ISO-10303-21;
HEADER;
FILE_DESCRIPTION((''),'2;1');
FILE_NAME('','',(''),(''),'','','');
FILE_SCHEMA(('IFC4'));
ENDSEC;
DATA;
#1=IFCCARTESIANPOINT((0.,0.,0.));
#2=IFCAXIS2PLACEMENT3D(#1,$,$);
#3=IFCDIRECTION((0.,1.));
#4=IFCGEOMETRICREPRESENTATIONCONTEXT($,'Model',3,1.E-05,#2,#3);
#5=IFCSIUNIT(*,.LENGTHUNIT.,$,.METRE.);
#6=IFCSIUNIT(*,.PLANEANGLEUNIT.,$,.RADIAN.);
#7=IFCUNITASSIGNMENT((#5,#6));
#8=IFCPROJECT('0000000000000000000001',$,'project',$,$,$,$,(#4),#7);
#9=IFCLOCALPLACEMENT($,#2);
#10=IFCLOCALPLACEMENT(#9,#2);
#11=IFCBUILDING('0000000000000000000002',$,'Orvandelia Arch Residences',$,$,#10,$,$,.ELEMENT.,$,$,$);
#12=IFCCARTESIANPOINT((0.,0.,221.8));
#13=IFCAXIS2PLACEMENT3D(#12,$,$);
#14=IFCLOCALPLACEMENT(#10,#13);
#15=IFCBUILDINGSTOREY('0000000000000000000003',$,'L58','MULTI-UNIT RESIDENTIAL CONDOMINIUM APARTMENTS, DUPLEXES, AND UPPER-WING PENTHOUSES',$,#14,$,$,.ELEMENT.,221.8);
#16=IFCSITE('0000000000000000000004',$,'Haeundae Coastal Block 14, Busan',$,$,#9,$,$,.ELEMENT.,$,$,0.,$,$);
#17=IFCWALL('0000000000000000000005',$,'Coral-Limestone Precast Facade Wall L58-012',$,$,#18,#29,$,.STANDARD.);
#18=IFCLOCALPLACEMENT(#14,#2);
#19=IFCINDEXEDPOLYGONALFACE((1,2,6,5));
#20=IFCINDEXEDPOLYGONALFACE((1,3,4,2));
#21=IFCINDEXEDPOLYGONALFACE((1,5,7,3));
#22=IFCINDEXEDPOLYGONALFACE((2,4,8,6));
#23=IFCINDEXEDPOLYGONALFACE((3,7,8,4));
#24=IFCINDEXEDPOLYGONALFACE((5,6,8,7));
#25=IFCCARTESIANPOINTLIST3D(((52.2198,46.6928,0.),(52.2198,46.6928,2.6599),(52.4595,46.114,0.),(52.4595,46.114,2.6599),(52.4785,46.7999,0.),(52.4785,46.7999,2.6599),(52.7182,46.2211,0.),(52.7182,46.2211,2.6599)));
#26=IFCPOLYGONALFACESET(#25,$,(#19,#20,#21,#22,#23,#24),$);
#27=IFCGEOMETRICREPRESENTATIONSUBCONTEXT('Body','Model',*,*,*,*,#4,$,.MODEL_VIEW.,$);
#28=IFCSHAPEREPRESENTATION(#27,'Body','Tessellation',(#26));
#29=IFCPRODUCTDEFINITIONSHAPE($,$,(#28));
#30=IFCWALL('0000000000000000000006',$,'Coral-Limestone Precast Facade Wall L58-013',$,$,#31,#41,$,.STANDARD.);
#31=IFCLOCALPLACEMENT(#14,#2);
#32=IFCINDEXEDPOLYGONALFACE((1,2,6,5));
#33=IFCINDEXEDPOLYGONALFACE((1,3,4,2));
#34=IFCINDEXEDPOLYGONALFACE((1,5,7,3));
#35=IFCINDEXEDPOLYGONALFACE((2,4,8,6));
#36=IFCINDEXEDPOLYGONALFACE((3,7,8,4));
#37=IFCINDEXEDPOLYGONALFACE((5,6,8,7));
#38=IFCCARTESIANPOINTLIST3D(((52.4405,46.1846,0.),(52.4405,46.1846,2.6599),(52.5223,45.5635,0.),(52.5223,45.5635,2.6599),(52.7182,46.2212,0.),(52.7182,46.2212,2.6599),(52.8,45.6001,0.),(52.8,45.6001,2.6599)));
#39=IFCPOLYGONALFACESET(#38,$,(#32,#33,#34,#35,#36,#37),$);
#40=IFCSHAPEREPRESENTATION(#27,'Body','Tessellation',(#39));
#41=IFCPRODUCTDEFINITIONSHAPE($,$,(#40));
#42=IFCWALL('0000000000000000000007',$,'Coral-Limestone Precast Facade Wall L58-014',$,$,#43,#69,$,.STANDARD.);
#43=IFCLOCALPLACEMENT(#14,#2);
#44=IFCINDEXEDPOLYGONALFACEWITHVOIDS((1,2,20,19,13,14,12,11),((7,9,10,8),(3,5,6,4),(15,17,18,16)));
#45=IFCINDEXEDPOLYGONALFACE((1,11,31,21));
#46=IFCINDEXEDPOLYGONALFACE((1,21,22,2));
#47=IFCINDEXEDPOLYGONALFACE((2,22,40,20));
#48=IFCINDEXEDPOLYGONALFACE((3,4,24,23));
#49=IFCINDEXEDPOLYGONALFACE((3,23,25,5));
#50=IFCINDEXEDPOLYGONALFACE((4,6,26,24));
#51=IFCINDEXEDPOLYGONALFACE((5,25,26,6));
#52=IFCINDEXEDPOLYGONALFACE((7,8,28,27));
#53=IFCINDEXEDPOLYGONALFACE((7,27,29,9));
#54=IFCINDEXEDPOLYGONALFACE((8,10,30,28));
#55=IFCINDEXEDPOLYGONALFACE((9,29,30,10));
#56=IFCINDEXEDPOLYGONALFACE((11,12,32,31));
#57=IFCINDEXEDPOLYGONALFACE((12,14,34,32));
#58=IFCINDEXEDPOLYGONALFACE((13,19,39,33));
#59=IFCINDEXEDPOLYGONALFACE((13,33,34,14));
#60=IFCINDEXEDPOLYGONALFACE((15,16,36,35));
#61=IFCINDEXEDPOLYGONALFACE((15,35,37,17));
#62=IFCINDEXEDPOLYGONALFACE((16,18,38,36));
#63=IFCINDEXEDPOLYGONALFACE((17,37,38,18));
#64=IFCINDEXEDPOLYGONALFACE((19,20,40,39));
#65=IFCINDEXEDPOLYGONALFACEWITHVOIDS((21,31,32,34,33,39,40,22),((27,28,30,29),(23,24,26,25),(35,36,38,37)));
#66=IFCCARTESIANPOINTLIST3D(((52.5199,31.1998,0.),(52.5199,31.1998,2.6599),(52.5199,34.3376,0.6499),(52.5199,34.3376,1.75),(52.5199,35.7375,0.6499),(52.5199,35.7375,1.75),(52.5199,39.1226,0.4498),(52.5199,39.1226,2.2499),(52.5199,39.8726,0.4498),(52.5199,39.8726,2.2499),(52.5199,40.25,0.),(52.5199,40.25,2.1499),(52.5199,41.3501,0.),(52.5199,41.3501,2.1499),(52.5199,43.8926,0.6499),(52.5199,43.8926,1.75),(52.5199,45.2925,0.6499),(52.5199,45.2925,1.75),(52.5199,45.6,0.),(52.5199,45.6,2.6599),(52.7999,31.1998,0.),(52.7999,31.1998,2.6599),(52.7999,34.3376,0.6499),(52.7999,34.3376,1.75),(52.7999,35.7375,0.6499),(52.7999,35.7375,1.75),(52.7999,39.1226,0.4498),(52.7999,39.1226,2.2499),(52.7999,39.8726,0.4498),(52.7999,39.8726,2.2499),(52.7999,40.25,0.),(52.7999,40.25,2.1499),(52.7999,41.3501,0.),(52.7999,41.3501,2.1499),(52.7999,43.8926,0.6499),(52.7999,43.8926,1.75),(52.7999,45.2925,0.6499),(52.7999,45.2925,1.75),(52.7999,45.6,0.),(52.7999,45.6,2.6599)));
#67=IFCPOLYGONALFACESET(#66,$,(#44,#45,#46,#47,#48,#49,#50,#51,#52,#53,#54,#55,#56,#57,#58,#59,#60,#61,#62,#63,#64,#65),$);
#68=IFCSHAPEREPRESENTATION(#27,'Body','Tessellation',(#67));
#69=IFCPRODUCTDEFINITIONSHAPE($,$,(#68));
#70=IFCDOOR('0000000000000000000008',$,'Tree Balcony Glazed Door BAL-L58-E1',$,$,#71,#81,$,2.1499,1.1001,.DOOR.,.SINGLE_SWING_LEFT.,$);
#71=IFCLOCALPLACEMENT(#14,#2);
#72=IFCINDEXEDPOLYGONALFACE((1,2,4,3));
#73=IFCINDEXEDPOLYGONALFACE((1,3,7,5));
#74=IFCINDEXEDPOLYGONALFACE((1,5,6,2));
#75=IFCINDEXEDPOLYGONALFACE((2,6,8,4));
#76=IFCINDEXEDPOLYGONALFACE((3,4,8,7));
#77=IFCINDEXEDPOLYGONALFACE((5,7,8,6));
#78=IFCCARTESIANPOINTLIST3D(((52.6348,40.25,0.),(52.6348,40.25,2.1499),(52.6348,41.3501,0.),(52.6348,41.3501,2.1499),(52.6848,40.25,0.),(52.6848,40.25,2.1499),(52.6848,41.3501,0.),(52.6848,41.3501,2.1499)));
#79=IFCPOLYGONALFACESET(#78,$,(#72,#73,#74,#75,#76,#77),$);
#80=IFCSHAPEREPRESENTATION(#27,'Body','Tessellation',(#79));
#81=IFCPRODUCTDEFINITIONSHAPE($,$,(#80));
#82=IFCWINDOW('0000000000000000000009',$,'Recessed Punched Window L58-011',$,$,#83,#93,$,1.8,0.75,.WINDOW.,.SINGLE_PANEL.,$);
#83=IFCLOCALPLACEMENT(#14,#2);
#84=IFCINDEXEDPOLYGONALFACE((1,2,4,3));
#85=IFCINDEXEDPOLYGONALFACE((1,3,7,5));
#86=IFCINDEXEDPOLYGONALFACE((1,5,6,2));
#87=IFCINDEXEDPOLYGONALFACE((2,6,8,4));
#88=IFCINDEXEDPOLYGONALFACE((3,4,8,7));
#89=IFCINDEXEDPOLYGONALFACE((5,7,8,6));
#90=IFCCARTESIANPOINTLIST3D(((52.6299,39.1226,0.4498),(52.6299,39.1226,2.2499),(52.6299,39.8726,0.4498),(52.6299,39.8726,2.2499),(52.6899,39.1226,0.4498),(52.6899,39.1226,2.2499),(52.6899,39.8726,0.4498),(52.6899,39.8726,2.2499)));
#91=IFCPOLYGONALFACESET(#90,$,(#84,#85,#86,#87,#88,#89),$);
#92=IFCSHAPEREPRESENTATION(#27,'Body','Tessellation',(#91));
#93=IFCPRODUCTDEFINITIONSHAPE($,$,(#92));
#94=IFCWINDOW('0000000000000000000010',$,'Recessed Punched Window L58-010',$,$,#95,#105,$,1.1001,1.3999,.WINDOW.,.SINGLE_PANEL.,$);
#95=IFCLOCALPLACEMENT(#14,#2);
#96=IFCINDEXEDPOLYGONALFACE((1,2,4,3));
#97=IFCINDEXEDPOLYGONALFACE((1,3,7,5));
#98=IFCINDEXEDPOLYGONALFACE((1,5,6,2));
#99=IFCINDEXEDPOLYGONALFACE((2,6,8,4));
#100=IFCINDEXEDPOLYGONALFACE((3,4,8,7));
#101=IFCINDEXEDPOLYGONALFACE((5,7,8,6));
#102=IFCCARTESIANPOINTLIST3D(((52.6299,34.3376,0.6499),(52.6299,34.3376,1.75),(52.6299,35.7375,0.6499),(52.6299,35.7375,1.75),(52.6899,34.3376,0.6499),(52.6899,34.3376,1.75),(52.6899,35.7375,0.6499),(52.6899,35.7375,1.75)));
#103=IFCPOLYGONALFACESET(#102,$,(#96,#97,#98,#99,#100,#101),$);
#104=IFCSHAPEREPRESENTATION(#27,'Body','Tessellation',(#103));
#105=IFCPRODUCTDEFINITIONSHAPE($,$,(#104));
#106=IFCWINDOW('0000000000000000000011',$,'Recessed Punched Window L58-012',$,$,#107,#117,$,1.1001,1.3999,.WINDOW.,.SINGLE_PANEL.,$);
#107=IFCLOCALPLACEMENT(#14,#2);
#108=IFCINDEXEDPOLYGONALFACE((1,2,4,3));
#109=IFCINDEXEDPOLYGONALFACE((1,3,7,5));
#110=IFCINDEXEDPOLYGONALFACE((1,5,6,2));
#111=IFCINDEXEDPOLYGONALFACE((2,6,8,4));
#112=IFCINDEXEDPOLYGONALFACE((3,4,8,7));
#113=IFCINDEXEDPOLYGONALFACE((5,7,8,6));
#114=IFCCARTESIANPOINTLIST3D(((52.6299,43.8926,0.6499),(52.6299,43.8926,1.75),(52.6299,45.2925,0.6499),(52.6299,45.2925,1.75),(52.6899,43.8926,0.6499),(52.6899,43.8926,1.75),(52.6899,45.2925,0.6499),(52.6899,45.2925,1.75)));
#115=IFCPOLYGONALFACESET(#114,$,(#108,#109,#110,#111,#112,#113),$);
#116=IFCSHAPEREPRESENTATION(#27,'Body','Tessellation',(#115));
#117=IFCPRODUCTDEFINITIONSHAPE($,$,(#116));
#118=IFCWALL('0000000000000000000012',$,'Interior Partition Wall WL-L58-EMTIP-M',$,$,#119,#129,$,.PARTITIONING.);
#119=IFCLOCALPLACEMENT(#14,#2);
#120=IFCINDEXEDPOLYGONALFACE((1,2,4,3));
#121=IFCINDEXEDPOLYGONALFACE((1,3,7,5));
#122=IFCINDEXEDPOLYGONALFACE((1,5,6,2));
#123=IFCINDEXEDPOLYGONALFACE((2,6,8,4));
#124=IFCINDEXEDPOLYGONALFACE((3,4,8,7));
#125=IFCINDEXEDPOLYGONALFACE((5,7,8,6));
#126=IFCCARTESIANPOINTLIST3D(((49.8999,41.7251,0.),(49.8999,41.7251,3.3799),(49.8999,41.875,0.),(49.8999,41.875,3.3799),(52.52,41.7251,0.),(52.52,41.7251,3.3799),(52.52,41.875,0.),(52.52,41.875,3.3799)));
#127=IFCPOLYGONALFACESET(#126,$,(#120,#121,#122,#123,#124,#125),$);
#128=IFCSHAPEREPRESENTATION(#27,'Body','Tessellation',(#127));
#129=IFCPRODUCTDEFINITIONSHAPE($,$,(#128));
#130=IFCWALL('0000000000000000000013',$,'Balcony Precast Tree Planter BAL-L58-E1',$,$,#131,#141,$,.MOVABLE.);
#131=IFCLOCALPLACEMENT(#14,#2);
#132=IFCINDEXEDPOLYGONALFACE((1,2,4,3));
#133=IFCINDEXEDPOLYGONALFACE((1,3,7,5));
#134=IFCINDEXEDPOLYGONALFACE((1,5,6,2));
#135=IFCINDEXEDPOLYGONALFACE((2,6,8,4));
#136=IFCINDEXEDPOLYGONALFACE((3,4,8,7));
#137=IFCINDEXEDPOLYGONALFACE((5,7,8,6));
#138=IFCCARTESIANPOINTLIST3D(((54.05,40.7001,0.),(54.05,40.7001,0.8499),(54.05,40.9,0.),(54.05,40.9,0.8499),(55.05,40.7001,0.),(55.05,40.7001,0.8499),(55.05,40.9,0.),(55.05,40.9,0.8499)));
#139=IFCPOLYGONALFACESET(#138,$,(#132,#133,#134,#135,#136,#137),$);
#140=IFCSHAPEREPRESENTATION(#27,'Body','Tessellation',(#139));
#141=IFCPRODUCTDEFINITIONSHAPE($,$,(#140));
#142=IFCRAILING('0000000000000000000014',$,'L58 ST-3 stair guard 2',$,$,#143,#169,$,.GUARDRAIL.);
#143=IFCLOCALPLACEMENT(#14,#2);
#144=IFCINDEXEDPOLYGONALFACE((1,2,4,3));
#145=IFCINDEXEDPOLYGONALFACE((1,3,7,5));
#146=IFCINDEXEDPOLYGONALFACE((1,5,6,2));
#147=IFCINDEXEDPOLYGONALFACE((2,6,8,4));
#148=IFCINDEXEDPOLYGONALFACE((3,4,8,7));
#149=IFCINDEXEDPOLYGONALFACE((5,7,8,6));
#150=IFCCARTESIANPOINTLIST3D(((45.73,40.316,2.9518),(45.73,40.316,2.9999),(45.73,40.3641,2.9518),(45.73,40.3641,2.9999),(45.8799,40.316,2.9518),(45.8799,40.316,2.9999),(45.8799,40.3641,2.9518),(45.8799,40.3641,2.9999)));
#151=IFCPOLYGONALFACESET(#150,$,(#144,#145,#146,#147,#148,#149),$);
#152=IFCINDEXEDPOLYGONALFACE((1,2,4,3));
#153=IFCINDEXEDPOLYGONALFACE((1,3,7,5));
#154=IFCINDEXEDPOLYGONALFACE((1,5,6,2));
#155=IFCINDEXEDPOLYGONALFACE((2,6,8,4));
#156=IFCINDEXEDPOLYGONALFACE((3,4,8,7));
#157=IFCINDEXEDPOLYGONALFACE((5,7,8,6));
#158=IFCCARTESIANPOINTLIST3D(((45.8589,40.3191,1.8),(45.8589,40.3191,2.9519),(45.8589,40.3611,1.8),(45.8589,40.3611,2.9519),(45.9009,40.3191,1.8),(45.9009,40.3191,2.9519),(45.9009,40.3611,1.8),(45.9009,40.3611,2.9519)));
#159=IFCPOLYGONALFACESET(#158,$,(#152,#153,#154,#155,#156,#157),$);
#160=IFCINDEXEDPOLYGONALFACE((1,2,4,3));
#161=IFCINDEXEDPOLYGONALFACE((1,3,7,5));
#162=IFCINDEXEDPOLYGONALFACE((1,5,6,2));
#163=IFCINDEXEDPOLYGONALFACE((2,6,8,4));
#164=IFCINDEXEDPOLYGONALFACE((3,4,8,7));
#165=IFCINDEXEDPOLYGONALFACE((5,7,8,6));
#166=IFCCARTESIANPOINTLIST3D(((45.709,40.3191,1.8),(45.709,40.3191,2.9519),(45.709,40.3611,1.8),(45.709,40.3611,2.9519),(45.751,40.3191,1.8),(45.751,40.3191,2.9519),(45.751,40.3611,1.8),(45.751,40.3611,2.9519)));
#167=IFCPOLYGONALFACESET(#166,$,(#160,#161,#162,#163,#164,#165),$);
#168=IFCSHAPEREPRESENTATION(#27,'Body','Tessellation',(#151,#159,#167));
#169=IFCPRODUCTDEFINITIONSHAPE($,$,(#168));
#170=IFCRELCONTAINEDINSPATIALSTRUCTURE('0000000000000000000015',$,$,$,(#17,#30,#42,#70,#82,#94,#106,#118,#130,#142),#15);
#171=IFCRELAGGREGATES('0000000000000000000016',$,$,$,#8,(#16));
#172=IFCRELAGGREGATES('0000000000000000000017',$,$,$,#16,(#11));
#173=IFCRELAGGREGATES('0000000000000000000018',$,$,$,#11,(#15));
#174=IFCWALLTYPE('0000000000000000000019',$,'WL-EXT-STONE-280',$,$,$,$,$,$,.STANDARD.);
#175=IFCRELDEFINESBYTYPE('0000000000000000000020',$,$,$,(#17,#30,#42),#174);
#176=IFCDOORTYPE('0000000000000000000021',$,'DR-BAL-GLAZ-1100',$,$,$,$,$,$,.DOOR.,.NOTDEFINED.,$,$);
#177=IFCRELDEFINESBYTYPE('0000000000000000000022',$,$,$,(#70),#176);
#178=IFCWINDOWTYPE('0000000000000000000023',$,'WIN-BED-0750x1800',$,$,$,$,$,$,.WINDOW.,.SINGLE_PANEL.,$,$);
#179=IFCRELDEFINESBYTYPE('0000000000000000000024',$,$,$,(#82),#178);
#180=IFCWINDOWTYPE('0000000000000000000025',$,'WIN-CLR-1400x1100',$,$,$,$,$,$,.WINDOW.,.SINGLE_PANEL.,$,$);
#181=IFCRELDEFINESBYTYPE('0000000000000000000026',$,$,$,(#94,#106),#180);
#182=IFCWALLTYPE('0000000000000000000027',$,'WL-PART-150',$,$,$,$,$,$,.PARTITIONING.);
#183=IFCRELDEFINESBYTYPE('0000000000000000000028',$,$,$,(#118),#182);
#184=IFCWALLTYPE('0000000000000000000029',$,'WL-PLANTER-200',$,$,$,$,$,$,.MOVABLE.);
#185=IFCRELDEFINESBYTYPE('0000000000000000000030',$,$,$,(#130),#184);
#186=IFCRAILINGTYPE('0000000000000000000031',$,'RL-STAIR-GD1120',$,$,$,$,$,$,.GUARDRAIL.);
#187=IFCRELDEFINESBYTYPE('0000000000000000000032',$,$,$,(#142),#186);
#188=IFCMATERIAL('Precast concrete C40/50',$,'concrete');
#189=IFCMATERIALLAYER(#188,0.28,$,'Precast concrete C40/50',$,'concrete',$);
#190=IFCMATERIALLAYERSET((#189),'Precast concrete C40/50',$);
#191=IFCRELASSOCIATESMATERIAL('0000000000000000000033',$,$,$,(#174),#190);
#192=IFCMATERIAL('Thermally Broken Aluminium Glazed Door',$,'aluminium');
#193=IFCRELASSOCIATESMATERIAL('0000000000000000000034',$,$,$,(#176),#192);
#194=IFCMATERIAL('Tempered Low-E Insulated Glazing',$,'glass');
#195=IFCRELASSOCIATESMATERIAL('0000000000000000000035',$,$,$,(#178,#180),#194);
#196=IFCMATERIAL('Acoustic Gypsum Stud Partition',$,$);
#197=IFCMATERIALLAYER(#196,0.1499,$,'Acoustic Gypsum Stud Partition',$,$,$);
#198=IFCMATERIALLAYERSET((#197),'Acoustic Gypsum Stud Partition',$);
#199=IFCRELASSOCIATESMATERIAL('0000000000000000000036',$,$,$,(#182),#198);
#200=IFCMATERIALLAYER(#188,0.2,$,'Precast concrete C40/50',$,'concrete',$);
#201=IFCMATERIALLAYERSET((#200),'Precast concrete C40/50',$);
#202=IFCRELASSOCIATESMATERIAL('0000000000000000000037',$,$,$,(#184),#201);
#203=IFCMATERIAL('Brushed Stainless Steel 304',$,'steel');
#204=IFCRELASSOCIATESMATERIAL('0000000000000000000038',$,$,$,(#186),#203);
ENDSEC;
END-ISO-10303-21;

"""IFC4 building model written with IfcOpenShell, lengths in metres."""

from ifc_helpers import new_model, si_unit, direction, frame, frame_2d, origin, origin_2d, place, context, subcontext, project, spatial, rectangle, extrude, material, layer, layer_set, type_object, element, fill, save


model = new_model("IFC4")

# Units and contexts
model_context = context("Model", 3, precision=1e-05, world=origin(), true_north=direction((0.0, 1.0)))
body_context = subcontext(model_context, "Body", "Model", "MODEL_VIEW")
ifc_project = project(units=[si_unit("LENGTHUNIT", "METRE"), si_unit("PLANEANGLEUNIT", "RADIAN")], contexts=[model_context])

# Site, building, storey
site_placement = place(None, origin())
site = spatial("IfcSite", under=ifc_project, at=site_placement, Name="Haeundae Coastal Block 14, Busan", CompositionType="ELEMENT", RefElevation=0.0)
building_placement = place(site_placement, origin())
building = spatial("IfcBuilding", under=site, at=building_placement, Name="Orvandelia Arch Residences", CompositionType="ELEMENT")
storey_placement = place(building_placement, frame((0.0, 0.0, 221.8)))
storey = spatial("IfcBuildingStorey", under=building, at=storey_placement, Name="L58", Description="MULTI-UNIT RESIDENTIAL CONDOMINIUM APARTMENTS, DUPLEXES, AND UPPER-WING PENTHOUSES", CompositionType="ELEMENT", Elevation=221.8)

# Walls
ifc_material_1 = material(Name="Precast concrete C40/50", Category="concrete")
ifc_layer_1 = layer(ifc_material_1, 0.28, Name="Precast concrete C40/50", Category="concrete")
ifc_layer_set_1 = layer_set([ifc_layer_1], Name="Precast concrete C40/50")
wall_type_1 = type_object("IfcWallType", Name="WL-EXT-STONE-280", PredefinedType="STANDARD", material=ifc_layer_set_1)
for number, where, z_axis, x_axis, name in (
    (1, (52.3491, 46.7463, 0.0), (0.0, 0.0, 1.0), (0.38265, -0.923893, 0.0), "Coral-Limestone Precast Facade Wall L58-012"),
    (2, (52.5793, 46.2029, 0.0), (0.0, 0.0, 1.0), (0.130555, -0.991441, 0.0), "Coral-Limestone Precast Facade Wall L58-013"),
):
    element("IfcWall", number, at=place(storey_placement, frame(where, z_axis=z_axis, x_axis=x_axis)), inside=storey, type_object=wall_type_1, Name=name, PredefinedType="STANDARD", context=body_context, shape_type="SweptSolid", body=[
        extrude(rectangle(XDim=0.6265, YDim=0.28, at=frame_2d((0.3132, 0.0))), origin(), (0.0, 0.0, 1.0), 2.6599),
    ])

# Wall, openings, door, windows
wall_1_placement = place(storey_placement, frame((52.6599, 45.6001, 0.0), z_axis=(0.0, 0.0, 1.0), x_axis=(0.0, -1.0, 0.0)))
wall_1 = element("IfcWall", 3, at=wall_1_placement, inside=storey, type_object=wall_type_1, Name="Coral-Limestone Precast Facade Wall L58-014", PredefinedType="STANDARD", context=body_context, shape_type="SweptSolid", body=[
    extrude(rectangle(XDim=14.4001, YDim=0.28, at=frame_2d((7.2002, 0.0))), origin(), (0.0, 0.0, 1.0), 2.6599),
])
opening_1_placement = place(wall_1_placement, frame((4.25, 0.0, 0.0)))
opening_1 = element("IfcOpeningElement", 4, at=opening_1_placement, cuts=wall_1, PredefinedType="OPENING", context=body_context, shape_type="SweptSolid", body=[
    extrude(rectangle(XDim=1.1001, YDim=2.1499, at=frame_2d((0.55, 1.075))), frame((0.0, 0.1499, 0.0), z_axis=(0.0, -1.0, 0.0), x_axis=(1.0, 0.0, 0.0)), (0.0, 0.0, 1.0), 0.3),
])
opening_2_placement = place(wall_1_placement, frame((9.8625, 0.0, 0.6499)))
opening_2 = element("IfcOpeningElement", 5, at=opening_2_placement, cuts=wall_1, PredefinedType="OPENING", context=body_context, shape_type="SweptSolid", body=[
    extrude(rectangle(XDim=1.3999, YDim=1.1001, at=frame_2d((0.7, 0.55))), frame((0.0, 0.1499, 0.0), z_axis=(0.0, -1.0, 0.0), x_axis=(1.0, 0.0, 0.0)), (0.0, 0.0, 1.0), 0.3),
])
opening_3_placement = place(wall_1_placement, frame((5.7275, 0.0, 0.45)))
opening_3 = element("IfcOpeningElement", 6, at=opening_3_placement, cuts=wall_1, PredefinedType="OPENING", context=body_context, shape_type="SweptSolid", body=[
    extrude(rectangle(XDim=0.75, YDim=1.8, at=frame_2d((0.375, 0.8999))), frame((0.0, 0.1499, 0.0), z_axis=(0.0, -1.0, 0.0), x_axis=(1.0, 0.0, 0.0)), (0.0, 0.0, 1.0), 0.3),
])
opening_4_placement = place(wall_1_placement, frame((0.3076, 0.0, 0.6499)))
opening_4 = element("IfcOpeningElement", 7, at=opening_4_placement, cuts=wall_1, PredefinedType="OPENING", context=body_context, shape_type="SweptSolid", body=[
    extrude(rectangle(XDim=1.3999, YDim=1.1001, at=frame_2d((0.7, 0.55))), frame((0.0, 0.1499, 0.0), z_axis=(0.0, -1.0, 0.0), x_axis=(1.0, 0.0, 0.0)), (0.0, 0.0, 1.0), 0.3),
])
ifc_material_2 = material(Name="Thermally Broken Aluminium Glazed Door", Category="aluminium")
door_type = type_object("IfcDoorType", Name="DR-BAL-GLAZ-1100", OperationType="NOTDEFINED", PredefinedType="DOOR", material=ifc_material_2)
door_placement = place(opening_1_placement, origin())
door = element("IfcDoor", 8, at=door_placement, inside=storey, type_object=door_type, Name="Tree Balcony Glazed Door BAL-L58-E1", OperationType="SINGLE_SWING_LEFT", OverallHeight=2.1499, OverallWidth=1.1001, PredefinedType="DOOR", context=body_context, shape_type="SweptSolid", body=[
    extrude(rectangle(XDim=1.1001, YDim=2.1499, at=frame_2d((0.55, 1.075))), frame((0.0, 0.0249, 0.0), z_axis=(0.0, -1.0, 0.0), x_axis=(1.0, 0.0, 0.0)), (0.0, 0.0, 1.0), 0.05),
])
fill(opening_1, door)
ifc_material_3 = material(Name="Tempered Low-E Insulated Glazing", Category="glass")
window_type_1 = type_object("IfcWindowType", Name="WIN-BED-0750x1800", PartitioningType="SINGLE_PANEL", PredefinedType="WINDOW", material=ifc_material_3)
window_1_placement = place(opening_3_placement, origin())
window_1 = element("IfcWindow", 9, at=window_1_placement, inside=storey, type_object=window_type_1, Name="Recessed Punched Window L58-011", OverallHeight=1.8, OverallWidth=0.75, PartitioningType="SINGLE_PANEL", PredefinedType="WINDOW", context=body_context, shape_type="SweptSolid", body=[
    extrude(rectangle(XDim=0.75, YDim=1.8, at=frame_2d((0.375, 0.8999))), frame((0.0, 0.03, 0.0), z_axis=(0.0, -1.0, 0.0), x_axis=(1.0, 0.0, 0.0)), (0.0, 0.0, 1.0), 0.0601),
])
fill(opening_3, window_1)
window_type_2 = type_object("IfcWindowType", Name="WIN-CLR-1400x1100", PartitioningType="SINGLE_PANEL", PredefinedType="WINDOW", material=ifc_material_3)
window_2_placement = place(opening_2_placement, origin())
window_2 = element("IfcWindow", 10, at=window_2_placement, inside=storey, type_object=window_type_2, Name="Recessed Punched Window L58-010", OverallHeight=1.1001, OverallWidth=1.3999, PartitioningType="SINGLE_PANEL", PredefinedType="WINDOW", context=body_context, shape_type="SweptSolid", body=[
    extrude(rectangle(XDim=1.3999, YDim=1.1001, at=frame_2d((0.7, 0.55))), frame((0.0, 0.03, 0.0), z_axis=(0.0, -1.0, 0.0), x_axis=(1.0, 0.0, 0.0)), (0.0, 0.0, 1.0), 0.0601),
])
fill(opening_2, window_2)
window_3_placement = place(opening_4_placement, origin())
window_3 = element("IfcWindow", 11, at=window_3_placement, inside=storey, type_object=window_type_2, Name="Recessed Punched Window L58-012", OverallHeight=1.1001, OverallWidth=1.3999, PartitioningType="SINGLE_PANEL", PredefinedType="WINDOW", context=body_context, shape_type="SweptSolid", body=[
    extrude(rectangle(XDim=1.3999, YDim=1.1001, at=frame_2d((0.7, 0.55))), frame((0.0, 0.03, 0.0), z_axis=(0.0, -1.0, 0.0), x_axis=(1.0, 0.0, 0.0)), (0.0, 0.0, 1.0), 0.0601),
])
fill(opening_4, window_3)

# Walls
ifc_material_4 = material(Name="Acoustic Gypsum Stud Partition")
ifc_layer_2 = layer(ifc_material_4, 0.1499, Name="Acoustic Gypsum Stud Partition")
ifc_layer_set_2 = layer_set([ifc_layer_2], Name="Acoustic Gypsum Stud Partition")
wall_type_2 = type_object("IfcWallType", Name="WL-PART-150", PredefinedType="PARTITIONING", material=ifc_layer_set_2)
wall_2_placement = place(storey_placement, frame((49.8999, 41.8, 0.0), z_axis=(0.0, 0.0, 1.0), x_axis=(1.0, 0.0, 0.0)))
element("IfcWall", 12, at=wall_2_placement, inside=storey, type_object=wall_type_2, Name="Interior Partition Wall WL-L58-EMTIP-M", PredefinedType="PARTITIONING", context=body_context, shape_type="SweptSolid", body=[
    extrude(rectangle(XDim=2.6201, YDim=0.1499, at=frame_2d((1.3101, 0.0))), origin(), (0.0, 0.0, 1.0), 3.3799),
])
ifc_layer_3 = layer(ifc_material_1, 0.2, Name="Precast concrete C40/50", Category="concrete")
ifc_layer_set_3 = layer_set([ifc_layer_3], Name="Precast concrete C40/50")
wall_type_3 = type_object("IfcWallType", Name="WL-PLANTER-200", PredefinedType="MOVABLE", material=ifc_layer_set_3)
wall_3_placement = place(storey_placement, frame((54.05, 40.8, 0.0), z_axis=(0.0, 0.0, 1.0), x_axis=(1.0, 0.0, 0.0)))
element("IfcWall", 13, at=wall_3_placement, inside=storey, type_object=wall_type_3, Name="Balcony Precast Tree Planter BAL-L58-E1", PredefinedType="MOVABLE", context=body_context, shape_type="SweptSolid", body=[
    extrude(rectangle(XDim=1.0, YDim=0.2, at=frame_2d((0.5, 0.0))), origin(), (0.0, 0.0, 1.0), 0.8499),
])

# Railing
ifc_material_5 = material(Name="Brushed Stainless Steel 304", Category="steel")
railing_type = type_object("IfcRailingType", Name="RL-STAIR-GD1120", PredefinedType="GUARDRAIL", material=ifc_material_5)
railing_placement = place(storey_placement, frame((45.8799, 40.3401, 1.8)))
element("IfcRailing", 14, at=railing_placement, inside=storey, type_object=railing_type, Name="L58 ST-3 stair guard 2", PredefinedType="GUARDRAIL", context=body_context, shape_type="SweptSolid", body=[
    extrude(rectangle(XDim=0.0481, YDim=0.0481, at=origin_2d()), frame((0.0, 0.0, 1.1758), z_axis=(-1.0, 0.0, 0.0), x_axis=(0.0, -1.0, 0.0)), (0.0, 0.0, 1.0), 0.1499),
    extrude(rectangle(XDim=0.042, YDim=0.042, at=origin_2d()), origin(), (0.0, 0.0, 1.0), 1.1519),
    extrude(rectangle(XDim=0.042, YDim=0.042, at=origin_2d()), frame((-0.1499, 0.0, 0.0)), (0.0, 0.0, 1.0), 1.1519),
])

save(model, "model.ifc")
